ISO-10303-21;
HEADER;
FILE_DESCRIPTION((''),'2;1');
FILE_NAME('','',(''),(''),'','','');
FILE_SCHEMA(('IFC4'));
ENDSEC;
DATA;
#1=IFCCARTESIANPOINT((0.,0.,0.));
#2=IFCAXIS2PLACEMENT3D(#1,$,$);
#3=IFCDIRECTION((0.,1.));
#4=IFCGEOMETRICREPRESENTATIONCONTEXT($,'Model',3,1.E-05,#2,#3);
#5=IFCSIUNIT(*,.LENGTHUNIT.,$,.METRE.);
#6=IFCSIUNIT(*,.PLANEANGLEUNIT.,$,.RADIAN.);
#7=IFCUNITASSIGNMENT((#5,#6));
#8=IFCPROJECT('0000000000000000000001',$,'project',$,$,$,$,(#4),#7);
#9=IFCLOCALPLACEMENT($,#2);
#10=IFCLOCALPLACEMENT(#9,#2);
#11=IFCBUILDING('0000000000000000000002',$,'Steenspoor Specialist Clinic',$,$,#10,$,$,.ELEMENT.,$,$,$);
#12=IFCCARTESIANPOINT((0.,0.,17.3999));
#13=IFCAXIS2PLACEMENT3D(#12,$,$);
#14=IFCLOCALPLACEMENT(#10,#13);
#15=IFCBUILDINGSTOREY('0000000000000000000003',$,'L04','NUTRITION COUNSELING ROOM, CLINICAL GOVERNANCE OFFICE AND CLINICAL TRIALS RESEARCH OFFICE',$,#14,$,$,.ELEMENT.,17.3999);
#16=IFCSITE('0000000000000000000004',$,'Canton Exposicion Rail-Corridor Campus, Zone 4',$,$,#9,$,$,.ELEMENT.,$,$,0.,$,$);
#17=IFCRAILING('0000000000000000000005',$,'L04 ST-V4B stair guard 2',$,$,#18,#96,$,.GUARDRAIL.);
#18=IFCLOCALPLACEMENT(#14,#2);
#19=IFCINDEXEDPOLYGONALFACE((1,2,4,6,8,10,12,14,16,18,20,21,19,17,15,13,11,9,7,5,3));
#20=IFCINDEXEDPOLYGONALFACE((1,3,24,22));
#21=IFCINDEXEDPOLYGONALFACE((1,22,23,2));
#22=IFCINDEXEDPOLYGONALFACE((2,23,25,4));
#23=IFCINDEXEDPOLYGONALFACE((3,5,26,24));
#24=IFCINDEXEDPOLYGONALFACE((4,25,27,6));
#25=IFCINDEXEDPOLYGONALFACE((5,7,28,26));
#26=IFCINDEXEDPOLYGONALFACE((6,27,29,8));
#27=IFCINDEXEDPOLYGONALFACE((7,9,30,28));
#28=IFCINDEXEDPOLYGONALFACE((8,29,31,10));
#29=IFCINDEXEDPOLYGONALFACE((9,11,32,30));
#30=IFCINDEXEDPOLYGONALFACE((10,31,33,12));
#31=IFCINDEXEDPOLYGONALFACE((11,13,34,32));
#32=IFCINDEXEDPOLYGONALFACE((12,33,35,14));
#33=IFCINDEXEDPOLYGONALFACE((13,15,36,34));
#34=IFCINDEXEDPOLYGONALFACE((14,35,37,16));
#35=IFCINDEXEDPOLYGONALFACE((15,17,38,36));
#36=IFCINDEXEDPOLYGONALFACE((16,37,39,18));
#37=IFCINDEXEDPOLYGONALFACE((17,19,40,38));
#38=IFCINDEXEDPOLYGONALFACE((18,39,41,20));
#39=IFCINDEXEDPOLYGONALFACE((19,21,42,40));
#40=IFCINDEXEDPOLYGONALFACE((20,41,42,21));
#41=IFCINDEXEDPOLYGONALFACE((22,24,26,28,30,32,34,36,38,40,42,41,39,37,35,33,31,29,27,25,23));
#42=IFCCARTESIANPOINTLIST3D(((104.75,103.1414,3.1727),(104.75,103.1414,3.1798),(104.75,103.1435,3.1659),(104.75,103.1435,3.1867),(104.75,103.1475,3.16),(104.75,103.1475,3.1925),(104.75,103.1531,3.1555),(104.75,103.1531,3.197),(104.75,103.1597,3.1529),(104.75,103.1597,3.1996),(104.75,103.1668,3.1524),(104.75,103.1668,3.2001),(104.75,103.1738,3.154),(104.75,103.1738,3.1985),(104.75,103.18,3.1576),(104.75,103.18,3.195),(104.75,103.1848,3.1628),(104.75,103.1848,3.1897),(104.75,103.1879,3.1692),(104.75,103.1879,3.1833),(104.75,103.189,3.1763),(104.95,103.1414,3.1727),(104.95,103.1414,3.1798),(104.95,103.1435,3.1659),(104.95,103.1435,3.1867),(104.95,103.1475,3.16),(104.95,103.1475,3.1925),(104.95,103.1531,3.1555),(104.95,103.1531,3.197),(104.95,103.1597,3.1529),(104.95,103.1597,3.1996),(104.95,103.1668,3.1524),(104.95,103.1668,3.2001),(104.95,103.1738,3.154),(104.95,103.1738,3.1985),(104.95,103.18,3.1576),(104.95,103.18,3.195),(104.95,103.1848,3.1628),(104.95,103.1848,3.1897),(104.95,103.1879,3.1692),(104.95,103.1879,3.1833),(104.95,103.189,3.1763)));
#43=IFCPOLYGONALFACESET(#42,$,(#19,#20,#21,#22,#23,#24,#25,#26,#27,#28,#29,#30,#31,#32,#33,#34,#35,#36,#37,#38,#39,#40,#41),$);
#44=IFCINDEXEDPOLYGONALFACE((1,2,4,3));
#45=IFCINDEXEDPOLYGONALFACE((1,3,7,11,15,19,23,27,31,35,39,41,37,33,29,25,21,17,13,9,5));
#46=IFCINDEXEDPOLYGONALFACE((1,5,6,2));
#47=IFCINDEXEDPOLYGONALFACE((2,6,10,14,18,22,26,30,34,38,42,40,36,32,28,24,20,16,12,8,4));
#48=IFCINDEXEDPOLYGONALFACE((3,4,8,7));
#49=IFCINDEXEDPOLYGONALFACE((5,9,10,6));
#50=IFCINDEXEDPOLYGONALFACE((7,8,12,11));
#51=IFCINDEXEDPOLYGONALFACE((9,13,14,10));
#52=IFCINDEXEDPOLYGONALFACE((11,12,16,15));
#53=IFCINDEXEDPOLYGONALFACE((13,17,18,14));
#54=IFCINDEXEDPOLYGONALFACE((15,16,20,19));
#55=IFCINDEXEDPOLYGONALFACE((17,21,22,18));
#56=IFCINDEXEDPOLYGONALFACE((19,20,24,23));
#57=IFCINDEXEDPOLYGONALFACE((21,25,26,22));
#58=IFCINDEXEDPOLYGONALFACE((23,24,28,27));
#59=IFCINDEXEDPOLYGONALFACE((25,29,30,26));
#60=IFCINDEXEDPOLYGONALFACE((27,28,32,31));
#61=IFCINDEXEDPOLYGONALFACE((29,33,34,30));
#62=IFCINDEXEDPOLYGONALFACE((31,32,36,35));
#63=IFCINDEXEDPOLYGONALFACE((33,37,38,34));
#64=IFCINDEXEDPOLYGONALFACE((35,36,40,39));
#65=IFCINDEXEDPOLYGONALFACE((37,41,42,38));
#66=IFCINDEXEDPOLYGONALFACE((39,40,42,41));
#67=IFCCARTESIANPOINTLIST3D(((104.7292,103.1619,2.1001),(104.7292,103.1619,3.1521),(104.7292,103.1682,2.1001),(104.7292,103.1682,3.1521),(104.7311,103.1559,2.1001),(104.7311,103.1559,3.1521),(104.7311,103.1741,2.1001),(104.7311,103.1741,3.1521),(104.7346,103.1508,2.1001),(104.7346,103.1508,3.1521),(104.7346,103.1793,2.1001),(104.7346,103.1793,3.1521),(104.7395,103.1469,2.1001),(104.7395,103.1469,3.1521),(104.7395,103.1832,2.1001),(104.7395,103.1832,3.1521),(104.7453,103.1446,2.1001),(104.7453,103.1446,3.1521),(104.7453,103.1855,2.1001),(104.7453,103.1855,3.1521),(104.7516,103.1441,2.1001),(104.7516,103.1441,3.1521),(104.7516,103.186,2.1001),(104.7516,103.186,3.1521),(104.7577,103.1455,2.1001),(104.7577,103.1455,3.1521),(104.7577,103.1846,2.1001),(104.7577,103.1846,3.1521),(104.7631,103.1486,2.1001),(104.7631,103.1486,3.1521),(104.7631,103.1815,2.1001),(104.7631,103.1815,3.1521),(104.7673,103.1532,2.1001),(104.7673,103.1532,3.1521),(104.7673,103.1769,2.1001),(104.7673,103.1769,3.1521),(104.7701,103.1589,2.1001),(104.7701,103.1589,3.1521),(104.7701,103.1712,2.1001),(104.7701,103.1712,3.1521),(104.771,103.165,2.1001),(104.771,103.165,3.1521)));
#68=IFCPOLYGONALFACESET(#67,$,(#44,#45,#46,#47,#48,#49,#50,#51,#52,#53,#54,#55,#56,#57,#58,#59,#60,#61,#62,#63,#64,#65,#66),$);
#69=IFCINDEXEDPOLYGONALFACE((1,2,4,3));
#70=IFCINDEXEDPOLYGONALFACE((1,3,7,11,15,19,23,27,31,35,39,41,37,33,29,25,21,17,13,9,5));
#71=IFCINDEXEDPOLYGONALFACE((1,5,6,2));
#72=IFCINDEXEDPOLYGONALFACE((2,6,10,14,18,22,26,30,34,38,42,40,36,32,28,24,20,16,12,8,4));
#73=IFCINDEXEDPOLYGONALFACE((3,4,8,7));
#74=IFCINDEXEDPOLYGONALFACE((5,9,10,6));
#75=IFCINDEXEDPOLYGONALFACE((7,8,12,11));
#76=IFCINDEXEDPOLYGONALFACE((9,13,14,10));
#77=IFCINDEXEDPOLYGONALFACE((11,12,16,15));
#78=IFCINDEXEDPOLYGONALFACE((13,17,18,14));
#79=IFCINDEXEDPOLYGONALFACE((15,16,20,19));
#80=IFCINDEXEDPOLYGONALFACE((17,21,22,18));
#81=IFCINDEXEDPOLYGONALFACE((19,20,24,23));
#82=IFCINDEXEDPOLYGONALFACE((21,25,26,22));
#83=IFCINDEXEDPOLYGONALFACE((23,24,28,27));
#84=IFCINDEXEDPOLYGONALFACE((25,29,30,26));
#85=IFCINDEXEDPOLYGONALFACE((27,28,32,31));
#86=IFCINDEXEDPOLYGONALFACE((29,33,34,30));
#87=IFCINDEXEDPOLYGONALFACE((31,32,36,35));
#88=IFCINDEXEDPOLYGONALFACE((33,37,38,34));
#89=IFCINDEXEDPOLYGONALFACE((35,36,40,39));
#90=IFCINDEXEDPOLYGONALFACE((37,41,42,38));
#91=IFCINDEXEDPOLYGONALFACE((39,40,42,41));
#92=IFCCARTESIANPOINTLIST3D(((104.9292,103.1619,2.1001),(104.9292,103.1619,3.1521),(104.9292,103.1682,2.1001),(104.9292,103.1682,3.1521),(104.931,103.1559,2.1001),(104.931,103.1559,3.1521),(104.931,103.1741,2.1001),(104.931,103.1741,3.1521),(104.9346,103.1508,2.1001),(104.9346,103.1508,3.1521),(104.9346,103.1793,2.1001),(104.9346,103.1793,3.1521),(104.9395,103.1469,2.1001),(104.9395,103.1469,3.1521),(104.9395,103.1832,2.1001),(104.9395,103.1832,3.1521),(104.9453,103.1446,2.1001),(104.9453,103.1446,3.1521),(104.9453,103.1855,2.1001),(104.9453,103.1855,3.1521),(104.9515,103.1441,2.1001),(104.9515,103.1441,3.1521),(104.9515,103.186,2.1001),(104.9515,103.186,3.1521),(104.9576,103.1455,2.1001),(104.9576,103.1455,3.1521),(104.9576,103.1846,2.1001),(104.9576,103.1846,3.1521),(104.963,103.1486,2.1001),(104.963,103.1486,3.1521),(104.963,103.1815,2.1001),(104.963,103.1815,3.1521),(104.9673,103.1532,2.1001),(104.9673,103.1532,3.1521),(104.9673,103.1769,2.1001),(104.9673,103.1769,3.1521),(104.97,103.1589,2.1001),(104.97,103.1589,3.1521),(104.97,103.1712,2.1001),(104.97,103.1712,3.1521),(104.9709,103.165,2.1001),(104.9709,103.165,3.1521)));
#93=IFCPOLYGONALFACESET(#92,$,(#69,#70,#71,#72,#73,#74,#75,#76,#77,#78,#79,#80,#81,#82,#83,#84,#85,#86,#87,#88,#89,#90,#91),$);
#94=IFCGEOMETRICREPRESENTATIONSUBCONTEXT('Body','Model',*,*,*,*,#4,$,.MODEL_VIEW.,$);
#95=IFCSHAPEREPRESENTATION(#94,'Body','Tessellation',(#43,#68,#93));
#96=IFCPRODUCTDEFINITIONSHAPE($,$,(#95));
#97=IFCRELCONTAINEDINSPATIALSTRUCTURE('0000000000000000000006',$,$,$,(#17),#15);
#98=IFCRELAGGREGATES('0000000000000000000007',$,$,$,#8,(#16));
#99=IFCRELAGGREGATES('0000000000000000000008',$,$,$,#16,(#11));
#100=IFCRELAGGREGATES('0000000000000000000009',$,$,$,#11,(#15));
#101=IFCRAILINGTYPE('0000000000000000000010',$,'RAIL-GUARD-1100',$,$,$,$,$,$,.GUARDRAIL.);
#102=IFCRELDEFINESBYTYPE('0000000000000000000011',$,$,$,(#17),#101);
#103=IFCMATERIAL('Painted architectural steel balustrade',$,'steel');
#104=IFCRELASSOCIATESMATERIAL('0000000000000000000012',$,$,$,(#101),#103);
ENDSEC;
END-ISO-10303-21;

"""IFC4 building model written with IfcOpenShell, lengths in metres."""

from ifc_helpers import new_model, si_unit, direction, frame, origin, origin_2d, place, context, subcontext, project, spatial, circle, extrude, material, type_object, element, save


model = new_model("IFC4")

# Units and contexts
model_context = context("Model", 3, precision=1e-05, world=origin(), true_north=direction((0.0, 1.0)))
body_context = subcontext(model_context, "Body", "Model", "MODEL_VIEW")
ifc_project = project(units=[si_unit("LENGTHUNIT", "METRE"), si_unit("PLANEANGLEUNIT", "RADIAN")], contexts=[model_context])

# Site, building, storey
site_placement = place(None, origin())
site = spatial("IfcSite", under=ifc_project, at=site_placement, Name="Canton Exposicion Rail-Corridor Campus, Zone 4", CompositionType="ELEMENT", RefElevation=0.0)
building_placement = place(site_placement, origin())
building = spatial("IfcBuilding", under=site, at=building_placement, Name="Steenspoor Specialist Clinic", CompositionType="ELEMENT")
storey_placement = place(building_placement, frame((0.0, 0.0, 17.3999)))
storey = spatial("IfcBuildingStorey", under=building, at=storey_placement, Name="L04", Description="NUTRITION COUNSELING ROOM, CLINICAL GOVERNANCE OFFICE AND CLINICAL TRIALS RESEARCH OFFICE", CompositionType="ELEMENT", Elevation=17.3999)

# Railing
ifc_material_1 = material(Name="Painted architectural steel balustrade", Category="steel")
railing_type_1 = type_object("IfcRailingType", Name="RAIL-GUARD-1100", PredefinedType="GUARDRAIL", material=ifc_material_1)
railing_1_placement = place(storey_placement, frame((104.75, 103.165, 2.1001)))
element("IfcRailing", 1, at=railing_1_placement, inside=storey, type_object=railing_type_1, Name="L04 ST-V4B stair guard 2", PredefinedType="GUARDRAIL", context=body_context, shape_type="SweptSolid", body=[
    extrude(circle(Radius=0.0239, at=origin_2d()), frame((0.0, 0.0, 1.0762), z_axis=(1.0, 0.0, 0.0), x_axis=(0.0, 1.0, 0.0)), (0.0, 0.0, 1.0), 0.2),
    extrude(circle(Radius=0.021, at=origin_2d()), origin(), (0.0, 0.0, 1.0), 1.052),
    extrude(circle(Radius=0.021, at=origin_2d()), frame((0.2, 0.0, 0.0)), (0.0, 0.0, 1.0), 1.052),
])

save(model, "model.ifc")
